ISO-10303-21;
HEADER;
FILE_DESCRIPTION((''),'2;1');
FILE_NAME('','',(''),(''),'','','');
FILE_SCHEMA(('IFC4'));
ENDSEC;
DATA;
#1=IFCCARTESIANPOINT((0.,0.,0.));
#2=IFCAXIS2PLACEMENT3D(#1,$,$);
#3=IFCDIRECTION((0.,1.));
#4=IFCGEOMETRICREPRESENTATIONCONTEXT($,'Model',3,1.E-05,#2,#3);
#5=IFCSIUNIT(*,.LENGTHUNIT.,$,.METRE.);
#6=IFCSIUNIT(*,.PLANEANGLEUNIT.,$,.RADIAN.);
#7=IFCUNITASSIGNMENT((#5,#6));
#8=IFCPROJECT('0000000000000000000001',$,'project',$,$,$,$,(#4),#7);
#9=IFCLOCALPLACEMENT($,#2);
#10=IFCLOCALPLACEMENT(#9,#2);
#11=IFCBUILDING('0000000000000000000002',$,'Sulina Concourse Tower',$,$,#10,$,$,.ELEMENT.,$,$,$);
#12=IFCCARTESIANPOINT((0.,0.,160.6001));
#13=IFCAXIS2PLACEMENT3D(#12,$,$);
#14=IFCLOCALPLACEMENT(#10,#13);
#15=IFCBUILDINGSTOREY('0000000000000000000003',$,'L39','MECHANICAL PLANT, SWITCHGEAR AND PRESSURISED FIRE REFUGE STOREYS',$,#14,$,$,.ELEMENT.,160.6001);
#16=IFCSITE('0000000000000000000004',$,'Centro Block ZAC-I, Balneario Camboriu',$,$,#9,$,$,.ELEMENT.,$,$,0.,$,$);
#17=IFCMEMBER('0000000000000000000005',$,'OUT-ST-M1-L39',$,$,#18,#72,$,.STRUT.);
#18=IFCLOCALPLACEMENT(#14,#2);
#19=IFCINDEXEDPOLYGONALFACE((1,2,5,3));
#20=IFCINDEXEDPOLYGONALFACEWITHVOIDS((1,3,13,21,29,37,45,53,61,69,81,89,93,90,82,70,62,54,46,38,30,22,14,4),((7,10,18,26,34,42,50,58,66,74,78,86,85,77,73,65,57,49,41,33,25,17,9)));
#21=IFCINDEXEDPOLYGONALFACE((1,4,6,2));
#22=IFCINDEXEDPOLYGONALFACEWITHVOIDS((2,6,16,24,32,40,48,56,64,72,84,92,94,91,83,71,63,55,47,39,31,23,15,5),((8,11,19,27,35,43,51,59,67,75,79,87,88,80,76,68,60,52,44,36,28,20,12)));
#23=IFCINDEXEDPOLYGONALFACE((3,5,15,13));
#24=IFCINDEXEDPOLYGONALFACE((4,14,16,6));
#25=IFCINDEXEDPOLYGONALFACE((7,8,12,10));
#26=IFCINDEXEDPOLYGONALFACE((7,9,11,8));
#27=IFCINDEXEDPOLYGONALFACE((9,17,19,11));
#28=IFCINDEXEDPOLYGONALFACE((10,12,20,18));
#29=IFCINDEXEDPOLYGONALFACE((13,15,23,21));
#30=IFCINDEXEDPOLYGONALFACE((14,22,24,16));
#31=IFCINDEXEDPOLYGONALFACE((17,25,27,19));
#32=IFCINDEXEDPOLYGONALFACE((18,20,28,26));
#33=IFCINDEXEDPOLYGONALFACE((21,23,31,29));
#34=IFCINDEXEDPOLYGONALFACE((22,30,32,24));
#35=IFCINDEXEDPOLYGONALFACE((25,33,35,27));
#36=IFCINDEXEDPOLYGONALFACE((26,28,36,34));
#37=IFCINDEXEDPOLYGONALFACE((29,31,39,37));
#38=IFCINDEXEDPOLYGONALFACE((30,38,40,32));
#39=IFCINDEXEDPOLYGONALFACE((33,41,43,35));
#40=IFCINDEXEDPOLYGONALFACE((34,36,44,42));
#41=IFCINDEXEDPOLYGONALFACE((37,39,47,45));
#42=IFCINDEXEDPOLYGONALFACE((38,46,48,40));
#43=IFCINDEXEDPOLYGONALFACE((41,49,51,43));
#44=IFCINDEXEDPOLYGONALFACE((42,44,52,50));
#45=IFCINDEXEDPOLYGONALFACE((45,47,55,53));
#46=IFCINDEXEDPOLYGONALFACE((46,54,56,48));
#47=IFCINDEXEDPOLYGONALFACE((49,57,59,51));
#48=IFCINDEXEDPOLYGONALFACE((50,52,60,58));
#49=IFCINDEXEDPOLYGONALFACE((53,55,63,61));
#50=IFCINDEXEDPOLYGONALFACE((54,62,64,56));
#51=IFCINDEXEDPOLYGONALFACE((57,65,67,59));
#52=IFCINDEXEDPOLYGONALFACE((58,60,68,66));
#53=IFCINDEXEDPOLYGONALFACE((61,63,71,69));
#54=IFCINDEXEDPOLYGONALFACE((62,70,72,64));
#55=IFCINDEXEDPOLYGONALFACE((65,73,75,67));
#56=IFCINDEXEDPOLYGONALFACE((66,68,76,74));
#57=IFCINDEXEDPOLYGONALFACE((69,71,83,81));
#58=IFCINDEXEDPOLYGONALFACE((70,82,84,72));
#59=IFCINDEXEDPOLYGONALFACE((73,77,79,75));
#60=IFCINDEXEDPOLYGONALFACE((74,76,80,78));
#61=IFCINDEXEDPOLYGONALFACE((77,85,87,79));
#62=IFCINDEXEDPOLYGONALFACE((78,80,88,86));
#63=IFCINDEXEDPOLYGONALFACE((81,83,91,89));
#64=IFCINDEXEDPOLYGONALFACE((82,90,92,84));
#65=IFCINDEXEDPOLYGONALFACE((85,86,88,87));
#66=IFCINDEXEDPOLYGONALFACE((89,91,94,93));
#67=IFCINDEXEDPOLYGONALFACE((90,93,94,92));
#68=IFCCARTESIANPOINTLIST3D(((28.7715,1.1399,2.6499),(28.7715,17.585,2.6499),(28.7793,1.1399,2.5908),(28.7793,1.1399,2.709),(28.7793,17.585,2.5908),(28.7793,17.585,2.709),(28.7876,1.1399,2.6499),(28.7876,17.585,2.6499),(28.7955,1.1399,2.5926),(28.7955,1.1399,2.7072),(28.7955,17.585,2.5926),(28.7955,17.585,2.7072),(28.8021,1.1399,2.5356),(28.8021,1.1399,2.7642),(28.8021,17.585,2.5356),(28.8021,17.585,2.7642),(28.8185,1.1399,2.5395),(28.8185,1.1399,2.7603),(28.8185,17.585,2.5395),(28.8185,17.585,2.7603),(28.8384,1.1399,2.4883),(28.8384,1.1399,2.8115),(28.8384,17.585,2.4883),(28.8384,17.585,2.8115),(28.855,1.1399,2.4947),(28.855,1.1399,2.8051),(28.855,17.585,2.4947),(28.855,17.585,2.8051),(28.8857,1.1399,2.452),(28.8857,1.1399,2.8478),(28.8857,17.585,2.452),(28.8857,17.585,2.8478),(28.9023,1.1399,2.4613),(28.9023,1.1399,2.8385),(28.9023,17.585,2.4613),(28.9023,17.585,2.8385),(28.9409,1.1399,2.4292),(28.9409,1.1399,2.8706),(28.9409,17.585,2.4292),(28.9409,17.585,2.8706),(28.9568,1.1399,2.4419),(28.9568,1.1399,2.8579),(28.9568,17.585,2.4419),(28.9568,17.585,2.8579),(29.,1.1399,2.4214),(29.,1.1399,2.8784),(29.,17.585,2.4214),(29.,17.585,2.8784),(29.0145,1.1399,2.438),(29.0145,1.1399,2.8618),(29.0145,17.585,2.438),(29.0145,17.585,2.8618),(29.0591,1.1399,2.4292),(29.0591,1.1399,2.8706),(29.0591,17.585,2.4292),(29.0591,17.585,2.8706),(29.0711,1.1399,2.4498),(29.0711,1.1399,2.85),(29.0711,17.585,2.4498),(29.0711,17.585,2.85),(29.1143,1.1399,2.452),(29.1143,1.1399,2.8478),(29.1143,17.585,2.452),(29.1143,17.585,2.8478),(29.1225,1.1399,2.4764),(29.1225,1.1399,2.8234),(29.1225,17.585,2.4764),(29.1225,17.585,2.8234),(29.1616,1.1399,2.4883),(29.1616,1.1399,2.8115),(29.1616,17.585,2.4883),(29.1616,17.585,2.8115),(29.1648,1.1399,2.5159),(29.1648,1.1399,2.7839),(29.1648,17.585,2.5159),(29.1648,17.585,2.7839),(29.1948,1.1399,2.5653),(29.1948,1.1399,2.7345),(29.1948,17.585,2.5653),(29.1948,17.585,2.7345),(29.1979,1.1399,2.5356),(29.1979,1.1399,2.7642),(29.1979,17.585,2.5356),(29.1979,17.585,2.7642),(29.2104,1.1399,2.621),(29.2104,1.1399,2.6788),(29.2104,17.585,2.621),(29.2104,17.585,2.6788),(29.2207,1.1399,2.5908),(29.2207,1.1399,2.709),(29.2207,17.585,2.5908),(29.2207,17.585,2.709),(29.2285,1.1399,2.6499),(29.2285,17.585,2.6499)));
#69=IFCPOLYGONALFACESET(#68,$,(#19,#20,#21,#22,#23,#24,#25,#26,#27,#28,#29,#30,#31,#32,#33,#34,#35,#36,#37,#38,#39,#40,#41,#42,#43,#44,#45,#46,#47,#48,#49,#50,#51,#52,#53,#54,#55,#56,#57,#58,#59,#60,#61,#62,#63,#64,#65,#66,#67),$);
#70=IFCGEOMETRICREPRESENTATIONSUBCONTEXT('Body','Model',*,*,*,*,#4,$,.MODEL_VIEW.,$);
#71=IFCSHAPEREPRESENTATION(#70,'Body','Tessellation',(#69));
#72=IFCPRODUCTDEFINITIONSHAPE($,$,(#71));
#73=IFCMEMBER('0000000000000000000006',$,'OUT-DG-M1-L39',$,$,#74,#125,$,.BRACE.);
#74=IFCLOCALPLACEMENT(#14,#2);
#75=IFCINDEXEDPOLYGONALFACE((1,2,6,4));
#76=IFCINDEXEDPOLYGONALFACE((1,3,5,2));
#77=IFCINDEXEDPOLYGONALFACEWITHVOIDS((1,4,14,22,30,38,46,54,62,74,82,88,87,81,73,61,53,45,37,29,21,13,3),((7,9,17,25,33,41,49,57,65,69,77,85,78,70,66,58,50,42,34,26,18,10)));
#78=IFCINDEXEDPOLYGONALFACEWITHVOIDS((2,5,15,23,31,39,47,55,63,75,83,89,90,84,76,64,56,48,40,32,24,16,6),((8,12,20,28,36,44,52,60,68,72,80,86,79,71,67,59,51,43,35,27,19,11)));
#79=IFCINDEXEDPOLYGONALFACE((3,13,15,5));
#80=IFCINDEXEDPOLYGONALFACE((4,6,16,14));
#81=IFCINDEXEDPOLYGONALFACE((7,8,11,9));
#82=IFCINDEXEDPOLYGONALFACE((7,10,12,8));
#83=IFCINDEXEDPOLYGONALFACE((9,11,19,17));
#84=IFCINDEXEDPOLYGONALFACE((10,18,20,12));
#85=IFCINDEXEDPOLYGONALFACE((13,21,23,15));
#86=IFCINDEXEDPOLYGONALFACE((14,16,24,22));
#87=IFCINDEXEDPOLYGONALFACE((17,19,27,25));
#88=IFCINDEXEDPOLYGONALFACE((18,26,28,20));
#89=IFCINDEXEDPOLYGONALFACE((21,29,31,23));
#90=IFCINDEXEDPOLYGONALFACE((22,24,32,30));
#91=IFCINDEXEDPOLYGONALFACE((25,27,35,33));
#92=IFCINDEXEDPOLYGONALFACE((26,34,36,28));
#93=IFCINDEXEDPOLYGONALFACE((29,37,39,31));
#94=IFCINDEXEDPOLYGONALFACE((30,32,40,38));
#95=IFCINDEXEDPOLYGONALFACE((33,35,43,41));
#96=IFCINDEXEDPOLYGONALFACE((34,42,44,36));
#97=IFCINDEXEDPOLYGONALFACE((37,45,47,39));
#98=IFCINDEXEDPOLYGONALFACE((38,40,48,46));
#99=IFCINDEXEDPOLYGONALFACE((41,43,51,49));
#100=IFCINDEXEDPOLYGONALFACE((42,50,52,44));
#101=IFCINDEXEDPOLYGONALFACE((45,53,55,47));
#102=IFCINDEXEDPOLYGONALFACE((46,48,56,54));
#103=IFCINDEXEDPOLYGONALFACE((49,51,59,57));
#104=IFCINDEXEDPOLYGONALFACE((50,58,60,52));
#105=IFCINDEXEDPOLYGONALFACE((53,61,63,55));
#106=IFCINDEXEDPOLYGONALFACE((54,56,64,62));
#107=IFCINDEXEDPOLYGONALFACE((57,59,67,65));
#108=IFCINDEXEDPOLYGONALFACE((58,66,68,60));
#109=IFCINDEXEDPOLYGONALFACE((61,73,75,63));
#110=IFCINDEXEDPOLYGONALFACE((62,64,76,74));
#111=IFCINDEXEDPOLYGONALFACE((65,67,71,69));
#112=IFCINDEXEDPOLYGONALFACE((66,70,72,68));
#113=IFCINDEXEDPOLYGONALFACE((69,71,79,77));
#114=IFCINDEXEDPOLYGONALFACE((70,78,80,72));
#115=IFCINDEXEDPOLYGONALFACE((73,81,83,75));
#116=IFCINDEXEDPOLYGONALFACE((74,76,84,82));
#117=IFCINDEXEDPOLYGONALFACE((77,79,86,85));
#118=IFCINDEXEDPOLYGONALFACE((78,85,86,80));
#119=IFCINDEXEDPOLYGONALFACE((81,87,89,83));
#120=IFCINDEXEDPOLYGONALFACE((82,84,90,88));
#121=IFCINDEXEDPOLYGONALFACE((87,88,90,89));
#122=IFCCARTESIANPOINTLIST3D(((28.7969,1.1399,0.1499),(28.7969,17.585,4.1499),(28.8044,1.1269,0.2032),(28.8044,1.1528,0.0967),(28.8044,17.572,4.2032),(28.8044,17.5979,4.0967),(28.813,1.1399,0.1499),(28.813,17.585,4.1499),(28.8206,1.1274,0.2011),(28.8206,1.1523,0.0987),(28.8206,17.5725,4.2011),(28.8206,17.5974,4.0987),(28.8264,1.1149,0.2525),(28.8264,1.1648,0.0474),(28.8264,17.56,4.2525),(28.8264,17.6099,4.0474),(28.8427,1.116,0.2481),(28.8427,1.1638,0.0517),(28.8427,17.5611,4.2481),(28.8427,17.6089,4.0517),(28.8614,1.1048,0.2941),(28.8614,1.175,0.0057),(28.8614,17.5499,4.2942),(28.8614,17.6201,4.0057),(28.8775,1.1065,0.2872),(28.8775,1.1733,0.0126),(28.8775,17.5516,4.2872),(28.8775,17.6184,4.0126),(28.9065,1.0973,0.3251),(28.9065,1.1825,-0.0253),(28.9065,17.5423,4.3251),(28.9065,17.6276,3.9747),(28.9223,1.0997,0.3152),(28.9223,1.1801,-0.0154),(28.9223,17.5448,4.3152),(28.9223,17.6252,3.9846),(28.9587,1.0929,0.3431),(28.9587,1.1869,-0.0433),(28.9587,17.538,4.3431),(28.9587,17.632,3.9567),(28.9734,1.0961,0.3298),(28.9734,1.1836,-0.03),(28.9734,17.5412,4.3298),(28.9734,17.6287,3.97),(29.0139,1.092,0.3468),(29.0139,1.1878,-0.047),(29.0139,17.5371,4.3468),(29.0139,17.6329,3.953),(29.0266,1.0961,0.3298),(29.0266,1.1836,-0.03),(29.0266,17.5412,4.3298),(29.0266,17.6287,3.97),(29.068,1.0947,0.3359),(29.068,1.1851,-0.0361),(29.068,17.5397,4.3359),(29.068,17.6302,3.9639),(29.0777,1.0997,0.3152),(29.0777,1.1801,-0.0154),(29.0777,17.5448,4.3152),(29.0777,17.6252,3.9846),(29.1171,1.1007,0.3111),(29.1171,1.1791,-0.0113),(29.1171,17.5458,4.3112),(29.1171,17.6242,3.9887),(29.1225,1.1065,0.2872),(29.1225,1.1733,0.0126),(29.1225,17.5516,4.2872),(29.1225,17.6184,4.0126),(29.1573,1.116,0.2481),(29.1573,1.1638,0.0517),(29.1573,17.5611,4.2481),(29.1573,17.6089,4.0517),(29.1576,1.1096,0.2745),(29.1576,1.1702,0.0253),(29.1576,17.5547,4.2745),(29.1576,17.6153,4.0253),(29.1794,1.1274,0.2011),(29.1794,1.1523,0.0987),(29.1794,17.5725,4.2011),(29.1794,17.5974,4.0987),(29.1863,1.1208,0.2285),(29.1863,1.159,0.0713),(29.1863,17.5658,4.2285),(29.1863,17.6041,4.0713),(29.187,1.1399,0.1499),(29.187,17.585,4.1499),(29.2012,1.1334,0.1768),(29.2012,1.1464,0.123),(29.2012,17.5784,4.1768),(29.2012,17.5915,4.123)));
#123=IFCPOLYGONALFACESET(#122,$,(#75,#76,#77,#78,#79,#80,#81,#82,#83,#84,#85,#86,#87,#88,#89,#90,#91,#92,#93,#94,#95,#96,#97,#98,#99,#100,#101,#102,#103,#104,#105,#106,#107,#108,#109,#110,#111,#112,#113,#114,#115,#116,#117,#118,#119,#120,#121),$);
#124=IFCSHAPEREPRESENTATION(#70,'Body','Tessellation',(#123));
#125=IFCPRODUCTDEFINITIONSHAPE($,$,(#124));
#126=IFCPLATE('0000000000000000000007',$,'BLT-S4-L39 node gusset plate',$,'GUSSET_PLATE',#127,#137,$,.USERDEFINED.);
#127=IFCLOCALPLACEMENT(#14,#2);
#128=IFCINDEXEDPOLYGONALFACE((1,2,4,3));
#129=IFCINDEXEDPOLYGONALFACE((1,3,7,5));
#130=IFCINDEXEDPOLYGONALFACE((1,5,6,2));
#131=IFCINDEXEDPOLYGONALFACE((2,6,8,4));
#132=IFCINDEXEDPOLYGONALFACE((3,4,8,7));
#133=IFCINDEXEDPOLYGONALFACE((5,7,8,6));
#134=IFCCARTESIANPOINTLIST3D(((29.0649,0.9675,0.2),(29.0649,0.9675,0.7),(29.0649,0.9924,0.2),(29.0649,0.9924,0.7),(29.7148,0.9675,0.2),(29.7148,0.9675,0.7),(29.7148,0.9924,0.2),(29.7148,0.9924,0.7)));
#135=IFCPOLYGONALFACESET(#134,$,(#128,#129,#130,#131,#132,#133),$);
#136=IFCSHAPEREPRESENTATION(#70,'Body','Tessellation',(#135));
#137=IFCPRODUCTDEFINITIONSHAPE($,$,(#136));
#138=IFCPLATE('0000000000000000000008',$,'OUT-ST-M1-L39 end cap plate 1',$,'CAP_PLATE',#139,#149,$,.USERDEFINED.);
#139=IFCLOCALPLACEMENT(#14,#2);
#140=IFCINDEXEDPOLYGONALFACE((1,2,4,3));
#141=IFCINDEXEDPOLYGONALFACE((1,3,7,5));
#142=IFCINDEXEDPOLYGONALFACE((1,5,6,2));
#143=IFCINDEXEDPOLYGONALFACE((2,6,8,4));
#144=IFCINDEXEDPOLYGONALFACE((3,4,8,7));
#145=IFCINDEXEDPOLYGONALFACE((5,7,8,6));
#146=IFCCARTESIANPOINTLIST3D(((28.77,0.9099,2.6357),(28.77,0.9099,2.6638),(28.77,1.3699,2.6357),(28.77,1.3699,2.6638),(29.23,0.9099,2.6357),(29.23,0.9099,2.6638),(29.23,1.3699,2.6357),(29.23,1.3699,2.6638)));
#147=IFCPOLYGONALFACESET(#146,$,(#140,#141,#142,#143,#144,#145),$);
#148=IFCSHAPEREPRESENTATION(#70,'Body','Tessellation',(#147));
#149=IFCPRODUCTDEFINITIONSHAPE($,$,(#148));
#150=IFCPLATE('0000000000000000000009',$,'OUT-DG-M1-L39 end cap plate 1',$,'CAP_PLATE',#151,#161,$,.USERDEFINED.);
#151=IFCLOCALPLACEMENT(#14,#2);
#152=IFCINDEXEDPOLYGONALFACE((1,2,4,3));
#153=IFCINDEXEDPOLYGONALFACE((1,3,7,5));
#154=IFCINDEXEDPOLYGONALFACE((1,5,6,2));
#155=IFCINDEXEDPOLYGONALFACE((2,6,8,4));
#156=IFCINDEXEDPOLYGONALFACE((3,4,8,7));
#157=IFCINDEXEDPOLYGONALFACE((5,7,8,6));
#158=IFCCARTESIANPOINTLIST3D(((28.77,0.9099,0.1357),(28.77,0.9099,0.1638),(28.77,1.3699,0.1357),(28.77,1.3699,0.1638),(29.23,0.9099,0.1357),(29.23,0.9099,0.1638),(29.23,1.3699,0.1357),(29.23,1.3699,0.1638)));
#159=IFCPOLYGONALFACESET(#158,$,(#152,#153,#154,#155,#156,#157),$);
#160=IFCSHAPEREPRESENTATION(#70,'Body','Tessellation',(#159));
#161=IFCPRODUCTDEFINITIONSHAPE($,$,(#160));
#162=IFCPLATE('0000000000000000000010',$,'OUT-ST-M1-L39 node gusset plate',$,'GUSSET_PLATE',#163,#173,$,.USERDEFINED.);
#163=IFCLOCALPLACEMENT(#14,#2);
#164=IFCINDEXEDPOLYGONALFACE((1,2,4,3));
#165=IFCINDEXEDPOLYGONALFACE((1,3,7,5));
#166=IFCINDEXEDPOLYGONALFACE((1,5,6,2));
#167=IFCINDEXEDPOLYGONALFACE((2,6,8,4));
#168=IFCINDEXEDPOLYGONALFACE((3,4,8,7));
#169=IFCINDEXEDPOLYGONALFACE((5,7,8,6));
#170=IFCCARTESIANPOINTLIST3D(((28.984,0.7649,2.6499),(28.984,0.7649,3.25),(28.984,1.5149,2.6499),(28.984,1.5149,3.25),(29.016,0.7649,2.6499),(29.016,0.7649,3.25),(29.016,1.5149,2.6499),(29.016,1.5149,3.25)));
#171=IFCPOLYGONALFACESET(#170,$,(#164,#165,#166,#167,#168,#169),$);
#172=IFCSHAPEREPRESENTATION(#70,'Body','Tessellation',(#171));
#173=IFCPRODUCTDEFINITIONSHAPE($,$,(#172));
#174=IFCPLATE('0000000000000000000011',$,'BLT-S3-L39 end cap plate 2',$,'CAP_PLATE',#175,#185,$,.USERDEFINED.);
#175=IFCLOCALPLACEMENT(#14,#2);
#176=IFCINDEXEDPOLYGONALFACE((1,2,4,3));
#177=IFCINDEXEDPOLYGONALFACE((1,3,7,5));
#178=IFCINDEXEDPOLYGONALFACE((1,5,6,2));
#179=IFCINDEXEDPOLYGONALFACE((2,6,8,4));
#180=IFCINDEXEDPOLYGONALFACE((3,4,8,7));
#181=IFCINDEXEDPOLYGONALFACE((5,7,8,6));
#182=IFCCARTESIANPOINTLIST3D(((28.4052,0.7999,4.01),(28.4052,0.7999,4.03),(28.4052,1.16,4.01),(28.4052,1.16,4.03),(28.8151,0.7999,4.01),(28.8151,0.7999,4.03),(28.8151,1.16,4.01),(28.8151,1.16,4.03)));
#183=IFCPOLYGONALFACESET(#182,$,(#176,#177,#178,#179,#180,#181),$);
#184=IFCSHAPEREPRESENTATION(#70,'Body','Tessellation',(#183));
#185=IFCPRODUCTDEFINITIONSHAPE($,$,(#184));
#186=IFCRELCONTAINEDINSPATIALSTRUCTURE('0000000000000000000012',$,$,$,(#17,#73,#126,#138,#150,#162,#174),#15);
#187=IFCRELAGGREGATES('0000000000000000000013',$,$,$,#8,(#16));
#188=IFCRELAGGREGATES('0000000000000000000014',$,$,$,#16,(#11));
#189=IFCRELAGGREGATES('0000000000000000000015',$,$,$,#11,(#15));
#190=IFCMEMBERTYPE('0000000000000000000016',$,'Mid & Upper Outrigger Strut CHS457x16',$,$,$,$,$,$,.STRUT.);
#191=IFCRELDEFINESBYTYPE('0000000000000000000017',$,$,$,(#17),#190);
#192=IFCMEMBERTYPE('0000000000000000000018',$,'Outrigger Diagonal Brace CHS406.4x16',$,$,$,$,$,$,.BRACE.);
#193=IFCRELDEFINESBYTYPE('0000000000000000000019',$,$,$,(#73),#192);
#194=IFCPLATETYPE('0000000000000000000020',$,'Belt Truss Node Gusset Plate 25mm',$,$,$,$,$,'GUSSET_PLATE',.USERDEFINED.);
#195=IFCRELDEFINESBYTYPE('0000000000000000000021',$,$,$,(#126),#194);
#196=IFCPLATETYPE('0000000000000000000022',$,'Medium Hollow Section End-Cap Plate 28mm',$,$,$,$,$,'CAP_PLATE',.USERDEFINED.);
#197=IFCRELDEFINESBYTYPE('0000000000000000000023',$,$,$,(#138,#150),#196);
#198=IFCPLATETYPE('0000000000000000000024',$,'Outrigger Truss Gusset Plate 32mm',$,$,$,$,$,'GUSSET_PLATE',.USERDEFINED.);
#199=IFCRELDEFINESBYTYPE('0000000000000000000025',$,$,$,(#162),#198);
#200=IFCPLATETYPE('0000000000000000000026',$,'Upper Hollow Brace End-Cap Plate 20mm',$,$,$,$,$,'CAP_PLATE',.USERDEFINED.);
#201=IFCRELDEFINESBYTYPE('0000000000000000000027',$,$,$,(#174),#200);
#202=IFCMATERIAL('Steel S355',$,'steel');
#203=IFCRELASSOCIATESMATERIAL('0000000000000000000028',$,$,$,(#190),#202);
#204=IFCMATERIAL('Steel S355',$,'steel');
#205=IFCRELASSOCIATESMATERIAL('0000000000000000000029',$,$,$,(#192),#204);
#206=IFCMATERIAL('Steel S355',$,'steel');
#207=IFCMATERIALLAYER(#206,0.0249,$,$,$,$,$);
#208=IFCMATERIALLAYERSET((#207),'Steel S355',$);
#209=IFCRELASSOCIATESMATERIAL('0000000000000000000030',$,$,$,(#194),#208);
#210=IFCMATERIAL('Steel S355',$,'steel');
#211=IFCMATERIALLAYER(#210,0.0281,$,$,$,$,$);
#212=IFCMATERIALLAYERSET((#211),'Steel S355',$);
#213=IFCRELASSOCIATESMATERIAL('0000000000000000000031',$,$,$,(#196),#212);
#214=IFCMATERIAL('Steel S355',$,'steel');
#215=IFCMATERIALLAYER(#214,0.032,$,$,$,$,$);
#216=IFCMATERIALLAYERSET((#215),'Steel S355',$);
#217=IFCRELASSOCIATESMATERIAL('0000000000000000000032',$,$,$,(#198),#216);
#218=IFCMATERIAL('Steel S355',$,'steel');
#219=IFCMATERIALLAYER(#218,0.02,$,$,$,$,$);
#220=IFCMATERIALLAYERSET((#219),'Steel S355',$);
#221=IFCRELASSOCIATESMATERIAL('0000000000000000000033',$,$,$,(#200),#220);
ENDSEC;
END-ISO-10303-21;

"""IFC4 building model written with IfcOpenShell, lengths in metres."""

from ifc_helpers import new_model, si_unit, direction, frame, origin, origin_2d, place, context, subcontext, project, spatial, rectangle, hollow_circle, extrude, material, layer, layer_set, material_profile, profile_set, type_object, element, save


model = new_model("IFC4")

# Units and contexts
model_context = context("Model", 3, precision=1e-05, world=origin(), true_north=direction((0.0, 1.0)))
body_context = subcontext(model_context, "Body", "Model", "MODEL_VIEW")
ifc_project = project(units=[si_unit("LENGTHUNIT", "METRE"), si_unit("PLANEANGLEUNIT", "RADIAN")], contexts=[model_context])

# Site, building, storey
site_placement = place(None, origin())
site = spatial("IfcSite", under=ifc_project, at=site_placement, Name="Centro Block ZAC-I, Balneario Camboriu", CompositionType="ELEMENT", RefElevation=0.0)
building_placement = place(site_placement, origin())
building = spatial("IfcBuilding", under=site, at=building_placement, Name="Sulina Concourse Tower", CompositionType="ELEMENT")
storey_placement = place(building_placement, frame((0.0, 0.0, 160.6001)))
storey = spatial("IfcBuildingStorey", under=building, at=storey_placement, Name="L39", Description="MECHANICAL PLANT, SWITCHGEAR AND PRESSURISED FIRE REFUGE STOREYS", CompositionType="ELEMENT", Elevation=160.6001)

# Members
ifc_material_1 = material(Name="Steel S355", Category="steel")
ifc_material_profile_1 = material_profile(ifc_material_1, hollow_circle(Radius=0.2285, WallThickness=0.0161, at=origin_2d()), Name="CHS 457x16")
ifc_profile_set_1 = profile_set([ifc_material_profile_1], Name="Steel S355")
member_type_1 = type_object("IfcMemberType", Name="Mid & Upper Outrigger Strut CHS457x16", PredefinedType="STRUT", material=ifc_profile_set_1)
member_1_placement = place(storey_placement, frame((29.0, 1.1399, 2.6499), z_axis=(0.0, 1.0, 0.0), x_axis=(-1.0, 0.0, 0.0)))
element("IfcMember", 1, at=member_1_placement, inside=storey, type_object=member_type_1, Name="OUT-ST-M1-L39", PredefinedType="STRUT", context=body_context, shape_type="SweptSolid", body=[
    extrude(hollow_circle(Radius=0.2285, WallThickness=0.0161, at=origin_2d()), origin(), (0.0, 0.0, 1.0), 16.4451),
])
ifc_material_2 = material(Name="Steel S355", Category="steel")
ifc_material_profile_2 = material_profile(ifc_material_2, hollow_circle(Radius=0.2031, WallThickness=0.0161, at=origin_2d()), Name="CHS 406.4x16")
ifc_profile_set_2 = profile_set([ifc_material_profile_2], Name="Steel S355")
member_type_2 = type_object("IfcMemberType", Name="Outrigger Diagonal Brace CHS406.4x16", PredefinedType="BRACE", material=ifc_profile_set_2)
member_2_placement = place(storey_placement, frame((29.0, 1.1399, 0.1499), z_axis=(0.0, 0.97167, 0.236343), x_axis=(-1.0, 0.0, 0.0)))
element("IfcMember", 2, at=member_2_placement, inside=storey, type_object=member_type_2, Name="OUT-DG-M1-L39", PredefinedType="BRACE", context=body_context, shape_type="SweptSolid", body=[
    extrude(hollow_circle(Radius=0.2031, WallThickness=0.0161, at=origin_2d()), origin(), (0.0, 0.0, 1.0), 16.9246),
])

# Plates
ifc_material_3 = material(Name="Steel S355", Category="steel")
ifc_layer_1 = layer(ifc_material_3, 0.0249)
ifc_layer_set_1 = layer_set([ifc_layer_1], Name="Steel S355")
plate_type_1 = type_object("IfcPlateType", Name="Belt Truss Node Gusset Plate 25mm", ElementType="GUSSET_PLATE", PredefinedType="USERDEFINED", material=ifc_layer_set_1)
plate_1_placement = place(storey_placement, frame((29.3899, 0.98, 0.2), z_axis=(0.0, 0.0, 1.0), x_axis=(1.0, 0.0, 0.0)))
element("IfcPlate", 3, at=plate_1_placement, inside=storey, type_object=plate_type_1, Name="BLT-S4-L39 node gusset plate", ObjectType="GUSSET_PLATE", PredefinedType="USERDEFINED", context=body_context, shape_type="SweptSolid", body=[
    extrude(rectangle(XDim=0.6499, YDim=0.0249, at=origin_2d()), origin(), (0.0, 0.0, 1.0), 0.5),
])
ifc_material_4 = material(Name="Steel S355", Category="steel")
ifc_layer_2 = layer(ifc_material_4, 0.0281)
ifc_layer_set_2 = layer_set([ifc_layer_2], Name="Steel S355")
plate_type_2 = type_object("IfcPlateType", Name="Medium Hollow Section End-Cap Plate 28mm", ElementType="CAP_PLATE", PredefinedType="USERDEFINED", material=ifc_layer_set_2)
for number, where, z_axis, x_axis, name in (
    (4, (29.0, 1.1399, 2.6357), (0.0, 0.0, 1.0), (1.0, 0.0, 0.0), "OUT-ST-M1-L39 end cap plate 1"),
    (5, (29.0, 1.1399, 0.1357), (0.0, 0.0, 1.0), (1.0, 0.0, 0.0), "OUT-DG-M1-L39 end cap plate 1"),
):
    element("IfcPlate", number, at=place(storey_placement, frame(where, z_axis=z_axis, x_axis=x_axis)), inside=storey, type_object=plate_type_2, Name=name, ObjectType="CAP_PLATE", PredefinedType="USERDEFINED", context=body_context, shape_type="SweptSolid", body=[
        extrude(rectangle(XDim=0.46, YDim=0.46, at=origin_2d()), origin(), (0.0, 0.0, 1.0), 0.0281),
    ])
ifc_material_5 = material(Name="Steel S355", Category="steel")
ifc_layer_3 = layer(ifc_material_5, 0.032)
ifc_layer_set_3 = layer_set([ifc_layer_3], Name="Steel S355")
plate_type_3 = type_object("IfcPlateType", Name="Outrigger Truss Gusset Plate 32mm", ElementType="GUSSET_PLATE", PredefinedType="USERDEFINED", material=ifc_layer_set_3)
plate_2_placement = place(storey_placement, frame((29.0, 1.1399, 2.6499), z_axis=(0.0, 0.0, 1.0), x_axis=(1.0, 0.0, 0.0)))
element("IfcPlate", 6, at=plate_2_placement, inside=storey, type_object=plate_type_3, Name="OUT-ST-M1-L39 node gusset plate", ObjectType="GUSSET_PLATE", PredefinedType="USERDEFINED", context=body_context, shape_type="SweptSolid", body=[
    extrude(rectangle(XDim=0.032, YDim=0.75, at=origin_2d()), origin(), (0.0, 0.0, 1.0), 0.6001),
])
ifc_material_6 = material(Name="Steel S355", Category="steel")
ifc_layer_4 = layer(ifc_material_6, 0.02)
ifc_layer_set_4 = layer_set([ifc_layer_4], Name="Steel S355")
plate_type_4 = type_object("IfcPlateType", Name="Upper Hollow Brace End-Cap Plate 20mm", ElementType="CAP_PLATE", PredefinedType="USERDEFINED", material=ifc_layer_set_4)
for number, where, z_axis, x_axis, name in (
    (7, (28.6101, 0.98, 4.01), (0.0, 0.0, 1.0), (1.0, 0.0, 0.0), "BLT-S3-L39 end cap plate 2"),
):
    element("IfcPlate", number, at=place(storey_placement, frame(where, z_axis=z_axis, x_axis=x_axis)), inside=storey, type_object=plate_type_4, Name=name, ObjectType="CAP_PLATE", PredefinedType="USERDEFINED", context=body_context, shape_type="SweptSolid", body=[
        extrude(rectangle(XDim=0.4099, YDim=0.3601, at=origin_2d()), origin(), (0.0, 0.0, 1.0), 0.02),
    ])

save(model, "model.ifc")
